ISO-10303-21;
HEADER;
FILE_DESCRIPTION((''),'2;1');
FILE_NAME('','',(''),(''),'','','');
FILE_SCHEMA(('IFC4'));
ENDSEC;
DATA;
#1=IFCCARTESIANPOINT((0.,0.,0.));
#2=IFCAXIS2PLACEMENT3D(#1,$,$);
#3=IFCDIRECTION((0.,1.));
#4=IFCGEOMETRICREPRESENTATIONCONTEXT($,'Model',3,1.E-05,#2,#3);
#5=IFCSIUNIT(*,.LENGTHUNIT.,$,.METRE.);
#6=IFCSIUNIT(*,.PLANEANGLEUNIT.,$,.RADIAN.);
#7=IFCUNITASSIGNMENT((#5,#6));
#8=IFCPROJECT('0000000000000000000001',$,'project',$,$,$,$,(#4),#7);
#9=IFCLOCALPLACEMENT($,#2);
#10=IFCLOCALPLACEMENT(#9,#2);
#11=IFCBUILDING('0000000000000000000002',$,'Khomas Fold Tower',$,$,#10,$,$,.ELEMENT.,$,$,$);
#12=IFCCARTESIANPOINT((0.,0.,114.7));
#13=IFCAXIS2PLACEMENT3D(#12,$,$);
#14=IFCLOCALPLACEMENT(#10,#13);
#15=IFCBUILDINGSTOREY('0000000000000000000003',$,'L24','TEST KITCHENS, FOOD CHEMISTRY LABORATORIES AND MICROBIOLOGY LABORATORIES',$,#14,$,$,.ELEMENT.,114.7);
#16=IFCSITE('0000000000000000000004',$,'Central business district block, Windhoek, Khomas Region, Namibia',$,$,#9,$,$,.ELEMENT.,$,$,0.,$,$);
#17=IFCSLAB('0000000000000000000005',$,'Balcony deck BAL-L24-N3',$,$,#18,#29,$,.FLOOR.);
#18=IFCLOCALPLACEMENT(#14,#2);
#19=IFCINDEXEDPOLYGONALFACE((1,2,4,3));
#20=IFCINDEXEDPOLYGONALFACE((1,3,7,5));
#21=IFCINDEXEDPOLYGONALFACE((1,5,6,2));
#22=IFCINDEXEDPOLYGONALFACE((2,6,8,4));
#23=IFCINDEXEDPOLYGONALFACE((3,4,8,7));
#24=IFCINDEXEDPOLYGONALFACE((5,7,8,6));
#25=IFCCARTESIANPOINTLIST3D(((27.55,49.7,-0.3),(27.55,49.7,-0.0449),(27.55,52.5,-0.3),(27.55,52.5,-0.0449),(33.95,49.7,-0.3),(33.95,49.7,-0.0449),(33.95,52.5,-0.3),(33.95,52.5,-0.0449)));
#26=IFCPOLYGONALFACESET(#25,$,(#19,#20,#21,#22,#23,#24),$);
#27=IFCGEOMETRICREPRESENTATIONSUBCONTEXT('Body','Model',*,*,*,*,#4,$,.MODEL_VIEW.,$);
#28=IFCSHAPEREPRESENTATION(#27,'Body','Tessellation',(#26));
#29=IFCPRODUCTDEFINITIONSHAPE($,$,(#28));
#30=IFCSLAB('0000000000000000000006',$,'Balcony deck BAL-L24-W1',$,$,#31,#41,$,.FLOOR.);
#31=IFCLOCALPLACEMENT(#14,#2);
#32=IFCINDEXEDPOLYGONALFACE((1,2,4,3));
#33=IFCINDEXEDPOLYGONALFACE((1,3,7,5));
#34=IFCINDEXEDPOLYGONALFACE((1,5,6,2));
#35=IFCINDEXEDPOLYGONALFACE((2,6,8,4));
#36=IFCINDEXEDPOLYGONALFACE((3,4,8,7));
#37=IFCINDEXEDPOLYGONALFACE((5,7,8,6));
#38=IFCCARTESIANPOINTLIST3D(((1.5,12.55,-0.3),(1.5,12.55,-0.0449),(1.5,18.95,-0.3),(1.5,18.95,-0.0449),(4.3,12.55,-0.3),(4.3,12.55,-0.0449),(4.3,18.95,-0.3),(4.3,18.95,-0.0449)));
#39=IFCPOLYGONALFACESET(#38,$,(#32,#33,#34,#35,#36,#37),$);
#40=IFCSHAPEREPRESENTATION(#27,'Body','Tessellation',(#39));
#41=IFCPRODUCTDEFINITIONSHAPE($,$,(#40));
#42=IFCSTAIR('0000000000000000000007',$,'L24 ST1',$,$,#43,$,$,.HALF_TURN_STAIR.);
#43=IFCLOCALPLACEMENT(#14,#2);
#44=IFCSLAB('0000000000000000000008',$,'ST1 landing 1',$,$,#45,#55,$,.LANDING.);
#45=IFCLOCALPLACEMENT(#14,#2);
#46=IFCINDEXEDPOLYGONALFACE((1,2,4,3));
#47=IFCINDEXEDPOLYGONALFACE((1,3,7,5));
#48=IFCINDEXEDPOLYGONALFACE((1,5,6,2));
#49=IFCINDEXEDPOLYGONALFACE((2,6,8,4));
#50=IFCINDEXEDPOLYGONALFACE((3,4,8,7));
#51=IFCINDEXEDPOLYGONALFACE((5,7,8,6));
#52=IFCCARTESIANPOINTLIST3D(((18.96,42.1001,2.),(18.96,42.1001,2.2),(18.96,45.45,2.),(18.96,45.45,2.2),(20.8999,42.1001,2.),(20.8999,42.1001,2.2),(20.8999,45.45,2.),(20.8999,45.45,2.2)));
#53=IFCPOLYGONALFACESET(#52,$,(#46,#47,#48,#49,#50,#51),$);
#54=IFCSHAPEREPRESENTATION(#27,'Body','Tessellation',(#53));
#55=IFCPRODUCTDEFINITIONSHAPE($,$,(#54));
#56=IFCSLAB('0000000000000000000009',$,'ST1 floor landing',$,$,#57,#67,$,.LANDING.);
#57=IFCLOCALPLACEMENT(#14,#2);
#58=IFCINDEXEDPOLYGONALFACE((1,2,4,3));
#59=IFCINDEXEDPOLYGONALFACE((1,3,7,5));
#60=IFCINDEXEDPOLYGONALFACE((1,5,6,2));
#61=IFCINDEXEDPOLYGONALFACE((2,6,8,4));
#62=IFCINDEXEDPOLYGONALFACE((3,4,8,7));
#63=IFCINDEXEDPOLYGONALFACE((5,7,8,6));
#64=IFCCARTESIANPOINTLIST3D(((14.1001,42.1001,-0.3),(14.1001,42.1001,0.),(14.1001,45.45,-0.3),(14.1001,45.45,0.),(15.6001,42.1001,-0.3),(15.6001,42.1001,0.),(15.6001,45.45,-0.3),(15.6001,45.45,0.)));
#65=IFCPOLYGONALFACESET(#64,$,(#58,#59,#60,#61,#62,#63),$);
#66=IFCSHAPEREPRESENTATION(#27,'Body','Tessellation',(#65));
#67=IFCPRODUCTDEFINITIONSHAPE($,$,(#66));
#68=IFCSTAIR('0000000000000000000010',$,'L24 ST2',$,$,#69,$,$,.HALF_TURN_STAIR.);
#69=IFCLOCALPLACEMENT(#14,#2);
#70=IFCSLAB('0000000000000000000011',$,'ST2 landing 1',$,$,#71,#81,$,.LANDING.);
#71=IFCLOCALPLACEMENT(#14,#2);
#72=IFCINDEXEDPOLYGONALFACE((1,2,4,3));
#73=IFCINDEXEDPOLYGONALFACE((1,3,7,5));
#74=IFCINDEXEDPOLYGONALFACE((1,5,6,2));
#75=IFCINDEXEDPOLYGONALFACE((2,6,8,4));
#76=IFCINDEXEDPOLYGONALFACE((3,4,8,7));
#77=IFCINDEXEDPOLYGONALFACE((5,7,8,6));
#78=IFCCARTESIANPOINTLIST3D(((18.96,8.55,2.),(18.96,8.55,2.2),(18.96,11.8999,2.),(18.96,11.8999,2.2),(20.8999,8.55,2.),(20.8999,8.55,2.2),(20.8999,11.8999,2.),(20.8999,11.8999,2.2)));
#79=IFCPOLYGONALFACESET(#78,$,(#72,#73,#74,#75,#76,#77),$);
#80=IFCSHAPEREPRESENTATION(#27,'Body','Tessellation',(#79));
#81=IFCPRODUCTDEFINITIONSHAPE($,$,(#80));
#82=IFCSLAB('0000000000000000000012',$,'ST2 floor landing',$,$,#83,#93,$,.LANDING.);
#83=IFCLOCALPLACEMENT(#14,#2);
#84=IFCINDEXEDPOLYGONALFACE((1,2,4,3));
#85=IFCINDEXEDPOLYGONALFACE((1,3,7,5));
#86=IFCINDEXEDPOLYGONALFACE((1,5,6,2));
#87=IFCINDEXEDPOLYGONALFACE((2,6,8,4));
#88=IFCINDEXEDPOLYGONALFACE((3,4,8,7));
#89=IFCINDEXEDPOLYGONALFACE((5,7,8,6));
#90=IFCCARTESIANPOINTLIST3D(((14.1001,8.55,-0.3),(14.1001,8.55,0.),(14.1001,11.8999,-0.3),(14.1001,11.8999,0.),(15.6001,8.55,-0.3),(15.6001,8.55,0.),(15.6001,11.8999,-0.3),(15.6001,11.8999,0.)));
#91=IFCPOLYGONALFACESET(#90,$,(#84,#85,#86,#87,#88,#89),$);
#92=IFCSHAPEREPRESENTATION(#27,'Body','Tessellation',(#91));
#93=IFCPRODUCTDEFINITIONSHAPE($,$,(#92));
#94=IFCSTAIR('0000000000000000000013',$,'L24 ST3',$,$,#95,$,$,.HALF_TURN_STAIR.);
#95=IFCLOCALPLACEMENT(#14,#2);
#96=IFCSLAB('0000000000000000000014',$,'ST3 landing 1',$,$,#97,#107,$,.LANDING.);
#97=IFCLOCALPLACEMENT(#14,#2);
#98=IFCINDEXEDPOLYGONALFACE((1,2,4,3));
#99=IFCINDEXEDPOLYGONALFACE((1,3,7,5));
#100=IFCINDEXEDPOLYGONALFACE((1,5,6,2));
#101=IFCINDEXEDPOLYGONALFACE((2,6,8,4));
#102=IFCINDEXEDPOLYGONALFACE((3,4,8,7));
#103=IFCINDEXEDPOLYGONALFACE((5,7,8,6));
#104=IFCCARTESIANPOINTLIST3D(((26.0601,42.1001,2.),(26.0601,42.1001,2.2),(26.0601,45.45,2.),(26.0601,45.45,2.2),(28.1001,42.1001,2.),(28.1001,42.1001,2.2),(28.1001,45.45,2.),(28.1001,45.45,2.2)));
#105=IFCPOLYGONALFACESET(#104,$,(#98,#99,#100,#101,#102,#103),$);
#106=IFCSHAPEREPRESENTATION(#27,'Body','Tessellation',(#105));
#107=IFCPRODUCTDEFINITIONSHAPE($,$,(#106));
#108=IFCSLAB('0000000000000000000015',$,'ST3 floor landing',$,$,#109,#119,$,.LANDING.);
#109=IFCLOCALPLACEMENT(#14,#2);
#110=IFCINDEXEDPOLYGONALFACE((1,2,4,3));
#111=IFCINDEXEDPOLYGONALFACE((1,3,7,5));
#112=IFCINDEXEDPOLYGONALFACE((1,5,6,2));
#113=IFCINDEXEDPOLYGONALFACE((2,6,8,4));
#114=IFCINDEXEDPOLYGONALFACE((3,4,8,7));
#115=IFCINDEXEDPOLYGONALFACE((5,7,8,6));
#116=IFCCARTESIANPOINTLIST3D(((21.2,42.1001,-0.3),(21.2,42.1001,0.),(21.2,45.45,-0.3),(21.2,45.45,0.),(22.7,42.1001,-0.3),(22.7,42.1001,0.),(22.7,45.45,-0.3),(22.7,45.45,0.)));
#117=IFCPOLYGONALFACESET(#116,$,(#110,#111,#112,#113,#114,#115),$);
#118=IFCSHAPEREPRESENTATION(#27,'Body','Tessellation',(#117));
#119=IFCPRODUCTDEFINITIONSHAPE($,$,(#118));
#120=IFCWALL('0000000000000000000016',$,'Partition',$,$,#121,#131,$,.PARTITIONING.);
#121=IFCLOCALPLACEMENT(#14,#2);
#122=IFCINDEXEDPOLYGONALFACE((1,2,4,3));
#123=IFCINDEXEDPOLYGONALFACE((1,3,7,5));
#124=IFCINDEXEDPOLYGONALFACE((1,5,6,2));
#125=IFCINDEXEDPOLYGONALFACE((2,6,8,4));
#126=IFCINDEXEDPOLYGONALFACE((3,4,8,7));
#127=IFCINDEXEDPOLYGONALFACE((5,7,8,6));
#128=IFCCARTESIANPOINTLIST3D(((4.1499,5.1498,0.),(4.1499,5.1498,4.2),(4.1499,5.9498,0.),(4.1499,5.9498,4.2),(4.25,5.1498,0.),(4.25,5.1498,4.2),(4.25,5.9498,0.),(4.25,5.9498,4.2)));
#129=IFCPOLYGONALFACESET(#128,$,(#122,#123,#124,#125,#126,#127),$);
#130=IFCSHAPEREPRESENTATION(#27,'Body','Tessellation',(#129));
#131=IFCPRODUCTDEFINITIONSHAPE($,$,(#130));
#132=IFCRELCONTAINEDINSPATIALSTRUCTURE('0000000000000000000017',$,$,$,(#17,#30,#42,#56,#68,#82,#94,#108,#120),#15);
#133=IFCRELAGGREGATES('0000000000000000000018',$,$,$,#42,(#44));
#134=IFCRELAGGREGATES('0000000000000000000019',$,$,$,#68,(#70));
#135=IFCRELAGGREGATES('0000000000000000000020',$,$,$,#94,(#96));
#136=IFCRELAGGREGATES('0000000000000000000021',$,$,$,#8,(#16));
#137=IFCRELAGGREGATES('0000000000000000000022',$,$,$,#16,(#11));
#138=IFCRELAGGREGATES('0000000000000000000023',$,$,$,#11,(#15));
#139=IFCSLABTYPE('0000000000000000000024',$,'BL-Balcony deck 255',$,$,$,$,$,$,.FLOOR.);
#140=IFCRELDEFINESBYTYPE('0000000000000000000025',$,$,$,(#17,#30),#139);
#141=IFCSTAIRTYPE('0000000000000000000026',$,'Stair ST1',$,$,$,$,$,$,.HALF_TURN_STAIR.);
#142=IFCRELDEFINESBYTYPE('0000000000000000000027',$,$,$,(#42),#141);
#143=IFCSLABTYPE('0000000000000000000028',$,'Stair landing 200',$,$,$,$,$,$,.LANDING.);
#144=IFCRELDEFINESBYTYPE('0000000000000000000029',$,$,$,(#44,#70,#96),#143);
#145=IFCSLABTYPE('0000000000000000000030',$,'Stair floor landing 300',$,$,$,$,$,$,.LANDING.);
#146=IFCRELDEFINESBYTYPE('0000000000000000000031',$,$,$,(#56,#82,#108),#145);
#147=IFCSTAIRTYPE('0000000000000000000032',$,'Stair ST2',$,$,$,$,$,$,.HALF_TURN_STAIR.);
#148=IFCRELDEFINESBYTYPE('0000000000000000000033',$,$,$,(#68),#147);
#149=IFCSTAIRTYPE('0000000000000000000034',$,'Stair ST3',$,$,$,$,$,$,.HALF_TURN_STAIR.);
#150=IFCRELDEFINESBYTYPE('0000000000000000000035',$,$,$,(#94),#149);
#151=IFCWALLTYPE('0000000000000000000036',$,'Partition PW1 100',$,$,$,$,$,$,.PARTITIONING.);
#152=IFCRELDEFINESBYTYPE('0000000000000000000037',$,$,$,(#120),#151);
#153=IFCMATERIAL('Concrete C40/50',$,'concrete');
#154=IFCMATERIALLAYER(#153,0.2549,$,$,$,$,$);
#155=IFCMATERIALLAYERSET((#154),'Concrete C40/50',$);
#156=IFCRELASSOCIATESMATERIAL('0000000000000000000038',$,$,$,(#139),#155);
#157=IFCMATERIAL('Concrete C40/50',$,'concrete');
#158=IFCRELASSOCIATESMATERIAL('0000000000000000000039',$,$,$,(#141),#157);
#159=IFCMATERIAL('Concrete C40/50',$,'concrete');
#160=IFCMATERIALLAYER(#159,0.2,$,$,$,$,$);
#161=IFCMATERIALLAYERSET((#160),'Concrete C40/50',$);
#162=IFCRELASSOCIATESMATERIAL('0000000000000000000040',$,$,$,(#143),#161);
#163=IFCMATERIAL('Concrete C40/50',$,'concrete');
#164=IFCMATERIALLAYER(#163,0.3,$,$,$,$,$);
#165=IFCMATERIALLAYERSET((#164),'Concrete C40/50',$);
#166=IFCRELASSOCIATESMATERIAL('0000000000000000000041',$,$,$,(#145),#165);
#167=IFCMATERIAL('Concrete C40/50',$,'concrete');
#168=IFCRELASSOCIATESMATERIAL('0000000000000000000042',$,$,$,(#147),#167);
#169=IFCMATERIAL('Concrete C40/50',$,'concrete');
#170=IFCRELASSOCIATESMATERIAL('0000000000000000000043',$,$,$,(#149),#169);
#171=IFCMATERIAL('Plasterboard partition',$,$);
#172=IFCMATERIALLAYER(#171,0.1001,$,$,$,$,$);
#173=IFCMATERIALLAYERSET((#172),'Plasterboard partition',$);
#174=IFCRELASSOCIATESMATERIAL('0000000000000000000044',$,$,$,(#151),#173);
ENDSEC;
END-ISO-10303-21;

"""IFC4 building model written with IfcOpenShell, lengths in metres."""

from ifc_helpers import new_model, si_unit, direction, frame, frame_2d, origin, place, context, subcontext, project, spatial, polyline, rectangle, outline, extrude, source, transform, mapped, material, layer, layer_set, type_object, element, aggregate, save


model = new_model("IFC4")

# Units and contexts
model_context = context("Model", 3, precision=1e-05, world=origin(), true_north=direction((0.0, 1.0)))
body_context = subcontext(model_context, "Body", "Model", "MODEL_VIEW")
ifc_project = project(units=[si_unit("LENGTHUNIT", "METRE"), si_unit("PLANEANGLEUNIT", "RADIAN")], contexts=[model_context])

# Site, building, storey
site_placement = place(None, origin())
site = spatial("IfcSite", under=ifc_project, at=site_placement, Name="Central business district block, Windhoek, Khomas Region, Namibia", CompositionType="ELEMENT", RefElevation=0.0)
building_placement = place(site_placement, origin())
building = spatial("IfcBuilding", under=site, at=building_placement, Name="Khomas Fold Tower", CompositionType="ELEMENT")
storey_placement = place(building_placement, frame((0.0, 0.0, 114.7)))
storey = spatial("IfcBuildingStorey", under=building, at=storey_placement, Name="L24", Description="TEST KITCHENS, FOOD CHEMISTRY LABORATORIES AND MICROBIOLOGY LABORATORIES", CompositionType="ELEMENT", Elevation=114.7)

# Slabs
ifc_material_1 = material(Name="Concrete C40/50", Category="concrete")
ifc_layer_1 = layer(ifc_material_1, 0.2549)
ifc_layer_set_1 = layer_set([ifc_layer_1], Name="Concrete C40/50")
slab_type_1 = type_object("IfcSlabType", Name="BL-Balcony deck 255", PredefinedType="FLOOR", material=ifc_layer_set_1)
shared_shape_1 = source(origin(), body_context, "Body", "SweptSolid", [
    extrude(outline(polyline([(27.55, 49.7), (33.95, 49.7), (33.95, 52.5), (27.55, 52.5), (27.55, 49.7)])), origin(), (0.0, 0.0, 1.0), 0.2551),
])
slab_1_placement = place(storey_placement, frame((0.0, 0.0, -0.3)))
element("IfcSlab", 1, at=slab_1_placement, inside=storey, type_object=slab_type_1, Name="Balcony deck BAL-L24-N3", PredefinedType="FLOOR", context=body_context, shape_type="MappedRepresentation", body=[
    mapped(shared_shape_1, transform((0.0, 0.0, 0.0))),
])
shared_shape_2 = source(origin(), body_context, "Body", "SweptSolid", [
    extrude(outline(polyline([(1.5, 12.55), (4.3, 12.55), (4.3, 18.95), (1.5, 18.95), (1.5, 12.55)])), origin(), (0.0, 0.0, 1.0), 0.2551),
])
slab_2_placement = place(storey_placement, frame((0.0, 0.0, -0.3)))
element("IfcSlab", 2, at=slab_2_placement, inside=storey, type_object=slab_type_1, Name="Balcony deck BAL-L24-W1", PredefinedType="FLOOR", context=body_context, shape_type="MappedRepresentation", body=[
    mapped(shared_shape_2, transform((0.0, 0.0, 0.0))),
])

# Stair, slab
ifc_material_2 = material(Name="Concrete C40/50", Category="concrete")
stair_type_1 = type_object("IfcStairType", Name="Stair ST1", PredefinedType="HALF_TURN_STAIR", material=ifc_material_2)
stair_1_placement = place(storey_placement, origin())
stair_1 = element("IfcStair", 3, at=stair_1_placement, inside=storey, type_object=stair_type_1, Name="L24 ST1", PredefinedType="HALF_TURN_STAIR")
ifc_material_3 = material(Name="Concrete C40/50", Category="concrete")
ifc_layer_2 = layer(ifc_material_3, 0.2)
ifc_layer_set_2 = layer_set([ifc_layer_2], Name="Concrete C40/50")
slab_type_2 = type_object("IfcSlabType", Name="Stair landing 200", PredefinedType="LANDING", material=ifc_layer_set_2)
shared_shape_3 = source(origin(), body_context, "Body", "SweptSolid", [
    extrude(outline(polyline([(18.96, 42.1001), (20.8999, 42.1001), (20.8999, 45.45), (18.96, 45.45), (18.96, 42.1001)])), origin(), (0.0, 0.0, 1.0), 0.2),
])
slab_3_placement = place(storey_placement, frame((0.0, 0.0, 2.0)))
slab_3 = element("IfcSlab", 4, at=slab_3_placement, type_object=slab_type_2, Name="ST1 landing 1", PredefinedType="LANDING", context=body_context, shape_type="MappedRepresentation", body=[
    mapped(shared_shape_3, transform((0.0, 0.0, 0.0))),
])
aggregate(stair_1, [slab_3])

# Slab
ifc_material_4 = material(Name="Concrete C40/50", Category="concrete")
ifc_layer_3 = layer(ifc_material_4, 0.3)
ifc_layer_set_3 = layer_set([ifc_layer_3], Name="Concrete C40/50")
slab_type_3 = type_object("IfcSlabType", Name="Stair floor landing 300", PredefinedType="LANDING", material=ifc_layer_set_3)
shared_shape_4 = source(origin(), body_context, "Body", "SweptSolid", [
    extrude(outline(polyline([(15.6001, 42.1001), (14.1001, 42.1001), (14.1001, 45.45), (15.6001, 45.45), (15.6001, 42.1001)])), origin(), (0.0, 0.0, 1.0), 0.3),
])
slab_4_placement = place(storey_placement, frame((0.0, 0.0, -0.3)))
element("IfcSlab", 5, at=slab_4_placement, inside=storey, type_object=slab_type_3, Name="ST1 floor landing", PredefinedType="LANDING", context=body_context, shape_type="MappedRepresentation", body=[
    mapped(shared_shape_4, transform((0.0, 0.0, 0.0))),
])

# Stair, slab
ifc_material_5 = material(Name="Concrete C40/50", Category="concrete")
stair_type_2 = type_object("IfcStairType", Name="Stair ST2", PredefinedType="HALF_TURN_STAIR", material=ifc_material_5)
stair_2_placement = place(storey_placement, origin())
stair_2 = element("IfcStair", 6, at=stair_2_placement, inside=storey, type_object=stair_type_2, Name="L24 ST2", PredefinedType="HALF_TURN_STAIR")
shared_shape_5 = source(origin(), body_context, "Body", "SweptSolid", [
    extrude(outline(polyline([(18.96, 8.55), (20.8999, 8.55), (20.8999, 11.8999), (18.96, 11.8999), (18.96, 8.55)])), origin(), (0.0, 0.0, 1.0), 0.2),
])
slab_5_placement = place(storey_placement, frame((0.0, 0.0, 2.0)))
slab_5 = element("IfcSlab", 7, at=slab_5_placement, type_object=slab_type_2, Name="ST2 landing 1", PredefinedType="LANDING", context=body_context, shape_type="MappedRepresentation", body=[
    mapped(shared_shape_5, transform((0.0, 0.0, 0.0))),
])
aggregate(stair_2, [slab_5])

# Slab
shared_shape_6 = source(origin(), body_context, "Body", "SweptSolid", [
    extrude(outline(polyline([(15.6001, 8.55), (14.1001, 8.55), (14.1001, 11.8999), (15.6001, 11.8999), (15.6001, 8.55)])), origin(), (0.0, 0.0, 1.0), 0.3),
])
slab_6_placement = place(storey_placement, frame((0.0, 0.0, -0.3)))
element("IfcSlab", 8, at=slab_6_placement, inside=storey, type_object=slab_type_3, Name="ST2 floor landing", PredefinedType="LANDING", context=body_context, shape_type="MappedRepresentation", body=[
    mapped(shared_shape_6, transform((0.0, 0.0, 0.0))),
])

# Stair, slab
ifc_material_6 = material(Name="Concrete C40/50", Category="concrete")
stair_type_3 = type_object("IfcStairType", Name="Stair ST3", PredefinedType="HALF_TURN_STAIR", material=ifc_material_6)
stair_3_placement = place(storey_placement, origin())
stair_3 = element("IfcStair", 9, at=stair_3_placement, inside=storey, type_object=stair_type_3, Name="L24 ST3", PredefinedType="HALF_TURN_STAIR")
shared_shape_7 = source(origin(), body_context, "Body", "SweptSolid", [
    extrude(outline(polyline([(26.0601, 42.1001), (28.1001, 42.1001), (28.1001, 45.45), (26.0601, 45.45), (26.0601, 42.1001)])), origin(), (0.0, 0.0, 1.0), 0.2),
])
slab_7_placement = place(storey_placement, frame((0.0, 0.0, 2.0)))
slab_7 = element("IfcSlab", 10, at=slab_7_placement, type_object=slab_type_2, Name="ST3 landing 1", PredefinedType="LANDING", context=body_context, shape_type="MappedRepresentation", body=[
    mapped(shared_shape_7, transform((0.0, 0.0, 0.0))),
])
aggregate(stair_3, [slab_7])

# Slab
shared_shape_8 = source(origin(), body_context, "Body", "SweptSolid", [
    extrude(outline(polyline([(22.7, 42.1001), (21.2, 42.1001), (21.2, 45.45), (22.7, 45.45), (22.7, 42.1001)])), origin(), (0.0, 0.0, 1.0), 0.3),
])
slab_8_placement = place(storey_placement, frame((0.0, 0.0, -0.3)))
element("IfcSlab", 11, at=slab_8_placement, inside=storey, type_object=slab_type_3, Name="ST3 floor landing", PredefinedType="LANDING", context=body_context, shape_type="MappedRepresentation", body=[
    mapped(shared_shape_8, transform((0.0, 0.0, 0.0))),
])

# Wall
ifc_material_7 = material(Name="Plasterboard partition")
ifc_layer_4 = layer(ifc_material_7, 0.1001)
ifc_layer_set_4 = layer_set([ifc_layer_4], Name="Plasterboard partition")
wall_type_1 = type_object("IfcWallType", Name="Partition PW1 100", PredefinedType="PARTITIONING", material=ifc_layer_set_4)
shared_shape_9 = source(origin(), body_context, "Body", "SweptSolid", [
    extrude(rectangle(XDim=0.8, YDim=0.1001, at=frame_2d((0.3999, 0.0))), origin(), (0.0, 0.0, 1.0), 4.2),
])
wall_1_placement = place(storey_placement, frame((4.2, 5.1499, 0.0), z_axis=(0.0, 0.0, 1.0), x_axis=(0.0, 1.0, 0.0)))
element("IfcWall", 12, at=wall_1_placement, inside=storey, type_object=wall_type_1, Name="Partition", PredefinedType="PARTITIONING", context=body_context, shape_type="MappedRepresentation", body=[
    mapped(shared_shape_9, transform((0.0, 0.0, 0.0))),
])

save(model, "model.ifc")
